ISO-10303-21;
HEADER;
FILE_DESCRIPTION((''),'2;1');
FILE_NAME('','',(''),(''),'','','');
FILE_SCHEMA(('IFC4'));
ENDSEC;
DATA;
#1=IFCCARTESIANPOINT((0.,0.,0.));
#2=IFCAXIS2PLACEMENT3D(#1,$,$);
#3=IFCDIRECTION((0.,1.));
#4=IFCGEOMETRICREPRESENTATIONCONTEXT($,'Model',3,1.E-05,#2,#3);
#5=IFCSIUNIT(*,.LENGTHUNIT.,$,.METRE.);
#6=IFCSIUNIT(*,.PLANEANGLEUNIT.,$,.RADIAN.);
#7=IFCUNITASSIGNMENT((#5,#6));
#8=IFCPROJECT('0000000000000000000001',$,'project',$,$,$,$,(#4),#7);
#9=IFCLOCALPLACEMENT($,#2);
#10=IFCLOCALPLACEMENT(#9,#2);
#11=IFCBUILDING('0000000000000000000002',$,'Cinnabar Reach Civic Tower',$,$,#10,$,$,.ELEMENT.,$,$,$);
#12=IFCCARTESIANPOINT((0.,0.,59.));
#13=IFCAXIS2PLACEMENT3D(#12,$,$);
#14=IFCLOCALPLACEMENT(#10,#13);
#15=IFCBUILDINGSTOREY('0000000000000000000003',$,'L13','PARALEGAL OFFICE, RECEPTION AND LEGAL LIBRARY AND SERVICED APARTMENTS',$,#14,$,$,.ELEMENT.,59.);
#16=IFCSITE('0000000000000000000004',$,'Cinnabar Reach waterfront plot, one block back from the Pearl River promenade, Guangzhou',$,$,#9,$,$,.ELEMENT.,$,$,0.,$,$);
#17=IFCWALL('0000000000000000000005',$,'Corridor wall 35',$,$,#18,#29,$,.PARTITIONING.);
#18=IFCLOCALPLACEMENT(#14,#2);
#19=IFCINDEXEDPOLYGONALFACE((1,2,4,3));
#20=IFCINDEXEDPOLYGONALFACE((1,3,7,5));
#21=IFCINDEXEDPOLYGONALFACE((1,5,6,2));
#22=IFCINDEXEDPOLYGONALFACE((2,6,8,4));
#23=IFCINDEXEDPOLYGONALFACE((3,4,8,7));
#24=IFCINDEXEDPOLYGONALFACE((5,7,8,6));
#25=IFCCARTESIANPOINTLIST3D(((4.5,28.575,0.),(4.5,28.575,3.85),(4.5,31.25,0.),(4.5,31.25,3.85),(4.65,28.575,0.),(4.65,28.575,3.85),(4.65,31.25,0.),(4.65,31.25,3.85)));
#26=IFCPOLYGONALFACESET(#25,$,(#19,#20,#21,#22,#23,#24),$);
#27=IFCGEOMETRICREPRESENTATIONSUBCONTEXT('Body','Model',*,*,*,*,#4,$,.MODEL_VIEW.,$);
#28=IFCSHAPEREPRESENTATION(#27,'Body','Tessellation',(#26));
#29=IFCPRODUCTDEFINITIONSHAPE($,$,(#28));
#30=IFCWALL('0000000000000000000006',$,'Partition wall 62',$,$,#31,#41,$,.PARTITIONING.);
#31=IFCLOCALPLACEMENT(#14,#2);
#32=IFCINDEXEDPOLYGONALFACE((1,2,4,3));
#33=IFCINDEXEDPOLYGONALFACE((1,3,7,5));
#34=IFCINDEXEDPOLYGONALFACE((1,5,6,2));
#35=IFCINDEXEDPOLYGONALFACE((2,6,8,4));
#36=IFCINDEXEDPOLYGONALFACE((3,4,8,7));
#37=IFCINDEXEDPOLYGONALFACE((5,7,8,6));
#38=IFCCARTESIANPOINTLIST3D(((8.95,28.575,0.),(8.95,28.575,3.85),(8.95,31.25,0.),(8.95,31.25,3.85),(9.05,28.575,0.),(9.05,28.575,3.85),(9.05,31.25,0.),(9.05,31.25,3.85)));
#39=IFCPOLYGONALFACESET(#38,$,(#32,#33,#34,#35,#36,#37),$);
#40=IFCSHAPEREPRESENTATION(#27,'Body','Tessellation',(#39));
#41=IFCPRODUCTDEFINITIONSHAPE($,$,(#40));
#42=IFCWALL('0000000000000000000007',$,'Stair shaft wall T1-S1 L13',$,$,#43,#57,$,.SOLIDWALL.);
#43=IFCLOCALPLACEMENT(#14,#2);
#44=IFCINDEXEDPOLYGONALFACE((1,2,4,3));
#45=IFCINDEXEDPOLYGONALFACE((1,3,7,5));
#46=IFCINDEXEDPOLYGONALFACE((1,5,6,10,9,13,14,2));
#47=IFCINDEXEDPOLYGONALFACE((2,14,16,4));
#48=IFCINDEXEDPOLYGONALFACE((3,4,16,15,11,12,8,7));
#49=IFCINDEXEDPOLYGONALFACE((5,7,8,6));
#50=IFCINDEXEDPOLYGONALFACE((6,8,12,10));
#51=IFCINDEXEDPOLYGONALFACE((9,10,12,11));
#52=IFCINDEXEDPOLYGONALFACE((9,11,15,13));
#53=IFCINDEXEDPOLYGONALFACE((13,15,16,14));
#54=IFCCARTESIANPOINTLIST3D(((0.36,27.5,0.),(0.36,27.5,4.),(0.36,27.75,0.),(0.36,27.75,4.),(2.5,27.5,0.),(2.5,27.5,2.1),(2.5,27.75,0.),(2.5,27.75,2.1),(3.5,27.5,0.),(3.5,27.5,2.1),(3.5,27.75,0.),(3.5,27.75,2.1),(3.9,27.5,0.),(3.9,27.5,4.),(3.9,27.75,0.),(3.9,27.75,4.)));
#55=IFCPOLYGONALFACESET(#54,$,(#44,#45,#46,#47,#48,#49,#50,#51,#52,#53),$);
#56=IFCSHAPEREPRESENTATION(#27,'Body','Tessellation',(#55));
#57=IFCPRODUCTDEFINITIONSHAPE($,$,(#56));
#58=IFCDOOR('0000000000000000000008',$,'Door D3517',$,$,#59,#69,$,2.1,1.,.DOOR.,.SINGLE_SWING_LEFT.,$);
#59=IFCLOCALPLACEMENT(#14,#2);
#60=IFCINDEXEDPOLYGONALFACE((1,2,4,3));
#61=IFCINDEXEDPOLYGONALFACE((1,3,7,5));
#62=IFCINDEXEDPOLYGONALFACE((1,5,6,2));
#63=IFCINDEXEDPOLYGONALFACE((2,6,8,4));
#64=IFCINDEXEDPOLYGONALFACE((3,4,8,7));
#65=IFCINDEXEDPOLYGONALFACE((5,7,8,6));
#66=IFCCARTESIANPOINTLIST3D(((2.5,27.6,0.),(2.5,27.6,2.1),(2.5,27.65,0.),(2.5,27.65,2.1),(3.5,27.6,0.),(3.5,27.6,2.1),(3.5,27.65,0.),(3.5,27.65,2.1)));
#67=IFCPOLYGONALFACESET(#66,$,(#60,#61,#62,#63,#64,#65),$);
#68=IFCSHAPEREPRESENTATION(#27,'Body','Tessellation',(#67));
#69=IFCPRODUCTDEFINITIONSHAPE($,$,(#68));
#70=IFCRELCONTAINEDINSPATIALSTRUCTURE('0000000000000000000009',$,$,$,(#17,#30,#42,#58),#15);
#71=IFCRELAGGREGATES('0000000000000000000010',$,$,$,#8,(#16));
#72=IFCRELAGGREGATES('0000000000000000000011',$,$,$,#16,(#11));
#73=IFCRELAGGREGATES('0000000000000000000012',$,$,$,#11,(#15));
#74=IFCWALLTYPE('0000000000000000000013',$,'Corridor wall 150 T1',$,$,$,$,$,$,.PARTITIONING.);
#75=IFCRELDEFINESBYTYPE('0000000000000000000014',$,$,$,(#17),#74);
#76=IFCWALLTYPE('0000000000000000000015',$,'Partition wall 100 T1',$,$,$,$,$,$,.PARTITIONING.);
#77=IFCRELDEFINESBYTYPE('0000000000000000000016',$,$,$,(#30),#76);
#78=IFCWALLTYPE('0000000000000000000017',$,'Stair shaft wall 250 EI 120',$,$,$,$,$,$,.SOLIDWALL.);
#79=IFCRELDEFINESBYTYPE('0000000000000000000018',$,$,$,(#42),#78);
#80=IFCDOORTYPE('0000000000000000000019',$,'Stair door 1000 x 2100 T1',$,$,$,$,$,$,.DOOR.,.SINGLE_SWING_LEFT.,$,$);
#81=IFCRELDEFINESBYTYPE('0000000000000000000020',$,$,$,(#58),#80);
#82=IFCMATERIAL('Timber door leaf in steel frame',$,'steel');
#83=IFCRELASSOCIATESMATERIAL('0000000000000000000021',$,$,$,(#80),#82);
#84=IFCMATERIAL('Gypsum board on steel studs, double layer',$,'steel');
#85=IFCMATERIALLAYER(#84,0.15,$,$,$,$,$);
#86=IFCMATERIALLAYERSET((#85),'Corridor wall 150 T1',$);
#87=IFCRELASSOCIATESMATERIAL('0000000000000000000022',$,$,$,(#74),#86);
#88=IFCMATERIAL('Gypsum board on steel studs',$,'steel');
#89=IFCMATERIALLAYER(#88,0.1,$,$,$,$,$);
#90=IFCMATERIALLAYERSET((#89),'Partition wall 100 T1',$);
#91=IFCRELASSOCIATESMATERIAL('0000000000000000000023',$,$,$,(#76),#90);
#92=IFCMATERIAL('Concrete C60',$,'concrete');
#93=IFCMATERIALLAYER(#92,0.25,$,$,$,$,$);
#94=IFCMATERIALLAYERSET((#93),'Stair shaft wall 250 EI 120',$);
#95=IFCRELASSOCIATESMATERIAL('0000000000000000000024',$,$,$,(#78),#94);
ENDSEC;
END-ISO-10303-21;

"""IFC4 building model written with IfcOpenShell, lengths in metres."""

from ifc_helpers import new_model, si_unit, direction, frame, frame_2d, origin, place, context, subcontext, project, spatial, rectangle, extrude, material, layer, layer_set, type_object, element, fill, save


model = new_model("IFC4")

# Units and contexts
model_context = context("Model", 3, precision=1e-05, world=origin(), true_north=direction((0.0, 1.0)))
body_context = subcontext(model_context, "Body", "Model", "MODEL_VIEW")
ifc_project = project(units=[si_unit("LENGTHUNIT", "METRE"), si_unit("PLANEANGLEUNIT", "RADIAN")], contexts=[model_context])

# Site, building, storey
site_placement = place(None, origin())
site = spatial("IfcSite", under=ifc_project, at=site_placement, Name="Cinnabar Reach waterfront plot, one block back from the Pearl River promenade, Guangzhou", CompositionType="ELEMENT", RefElevation=0.0)
building_placement = place(site_placement, origin())
building = spatial("IfcBuilding", under=site, at=building_placement, Name="Cinnabar Reach Civic Tower", CompositionType="ELEMENT")
storey_placement = place(building_placement, frame((0.0, 0.0, 59.0)))
storey = spatial("IfcBuildingStorey", under=building, at=storey_placement, Name="L13", Description="PARALEGAL OFFICE, RECEPTION AND LEGAL LIBRARY AND SERVICED APARTMENTS", CompositionType="ELEMENT", Elevation=59.0)

# Shared definitions
ifc_material_1 = material(Name="Concrete C60", Category="concrete")

# Shared definitions
ifc_material_2 = material(Name="Timber door leaf in steel frame", Category="steel")
door_type_1 = type_object("IfcDoorType", Name="Stair door 1000 x 2100 T1", OperationType="SINGLE_SWING_LEFT", PredefinedType="DOOR", material=ifc_material_2)

# Shared definitions
ifc_material_3 = material(Name="Gypsum board on steel studs, double layer", Category="steel")
ifc_layer_1 = layer(ifc_material_3, 0.15)
ifc_layer_set_1 = layer_set([ifc_layer_1], Name="Corridor wall 150 T1")
wall_type_1 = type_object("IfcWallType", Name="Corridor wall 150 T1", PredefinedType="PARTITIONING", material=ifc_layer_set_1)

# Walls
wall_1_placement = place(storey_placement, frame((4.575, 28.575, 0.0), z_axis=(0.0, 0.0, 1.0), x_axis=(0.0, 1.0, 0.0)))
element("IfcWall", 1, at=wall_1_placement, inside=storey, type_object=wall_type_1, Name="Corridor wall 35", PredefinedType="PARTITIONING", context=body_context, shape_type="SweptSolid", body=[
    extrude(rectangle(XDim=2.675, YDim=0.15, at=frame_2d((1.3375, 0.0))), origin(), (0.0, 0.0, 1.0), 3.85),
])
ifc_material_4 = material(Name="Gypsum board on steel studs", Category="steel")
ifc_layer_2 = layer(ifc_material_4, 0.1)
ifc_layer_set_2 = layer_set([ifc_layer_2], Name="Partition wall 100 T1")
wall_type_2 = type_object("IfcWallType", Name="Partition wall 100 T1", PredefinedType="PARTITIONING", material=ifc_layer_set_2)
wall_2_placement = place(storey_placement, frame((9.0, 28.575, 0.0), z_axis=(0.0, 0.0, 1.0), x_axis=(0.0, 1.0, 0.0)))
element("IfcWall", 2, at=wall_2_placement, inside=storey, type_object=wall_type_2, Name="Partition wall 62", PredefinedType="PARTITIONING", context=body_context, shape_type="SweptSolid", body=[
    extrude(rectangle(XDim=2.675, YDim=0.1, at=frame_2d((1.3375, 0.0))), origin(), (0.0, 0.0, 1.0), 3.85),
])

# Wall, opening, door
ifc_layer_3 = layer(ifc_material_1, 0.25)
ifc_layer_set_3 = layer_set([ifc_layer_3], Name="Stair shaft wall 250 EI 120")
wall_type_3 = type_object("IfcWallType", Name="Stair shaft wall 250 EI 120", PredefinedType="SOLIDWALL", material=ifc_layer_set_3)
wall_3_placement = place(storey_placement, frame((3.9, 27.625, 0.0), z_axis=(0.0, 0.0, 1.0), x_axis=(-1.0, 0.0, 0.0)))
wall_3 = element("IfcWall", 3, at=wall_3_placement, inside=storey, type_object=wall_type_3, Name="Stair shaft wall T1-S1 L13", PredefinedType="SOLIDWALL", context=body_context, shape_type="SweptSolid", body=[
    extrude(rectangle(XDim=3.54, YDim=0.25, at=frame_2d((1.77, 0.0))), origin(), (0.0, 0.0, 1.0), 4.0),
])
opening_1_placement = place(wall_3_placement, frame((0.4, 0.0, 0.0)))
opening_1 = element("IfcOpeningElement", 4, at=opening_1_placement, cuts=wall_3, PredefinedType="OPENING", context=body_context, shape_type="SweptSolid", body=[
    extrude(rectangle(XDim=1.0, YDim=2.1, at=frame_2d((0.5, 1.05))), frame((0.0, 0.135, 0.0), z_axis=(0.0, -1.0, 0.0), x_axis=(1.0, 0.0, 0.0)), (0.0, 0.0, 1.0), 0.27),
])
door_1_placement = place(opening_1_placement, origin())
door_1 = element("IfcDoor", 5, at=door_1_placement, inside=storey, type_object=door_type_1, Name="Door D3517", OperationType="SINGLE_SWING_LEFT", OverallHeight=2.1, OverallWidth=1.0, PredefinedType="DOOR", context=body_context, shape_type="SweptSolid", body=[
    extrude(rectangle(XDim=1.0, YDim=2.1, at=frame_2d((0.5, 1.05))), frame((0.0, 0.025, 0.0), z_axis=(0.0, -1.0, 0.0), x_axis=(1.0, 0.0, 0.0)), (0.0, 0.0, 1.0), 0.05),
])
fill(opening_1, door_1)

save(model, "model.ifc")
